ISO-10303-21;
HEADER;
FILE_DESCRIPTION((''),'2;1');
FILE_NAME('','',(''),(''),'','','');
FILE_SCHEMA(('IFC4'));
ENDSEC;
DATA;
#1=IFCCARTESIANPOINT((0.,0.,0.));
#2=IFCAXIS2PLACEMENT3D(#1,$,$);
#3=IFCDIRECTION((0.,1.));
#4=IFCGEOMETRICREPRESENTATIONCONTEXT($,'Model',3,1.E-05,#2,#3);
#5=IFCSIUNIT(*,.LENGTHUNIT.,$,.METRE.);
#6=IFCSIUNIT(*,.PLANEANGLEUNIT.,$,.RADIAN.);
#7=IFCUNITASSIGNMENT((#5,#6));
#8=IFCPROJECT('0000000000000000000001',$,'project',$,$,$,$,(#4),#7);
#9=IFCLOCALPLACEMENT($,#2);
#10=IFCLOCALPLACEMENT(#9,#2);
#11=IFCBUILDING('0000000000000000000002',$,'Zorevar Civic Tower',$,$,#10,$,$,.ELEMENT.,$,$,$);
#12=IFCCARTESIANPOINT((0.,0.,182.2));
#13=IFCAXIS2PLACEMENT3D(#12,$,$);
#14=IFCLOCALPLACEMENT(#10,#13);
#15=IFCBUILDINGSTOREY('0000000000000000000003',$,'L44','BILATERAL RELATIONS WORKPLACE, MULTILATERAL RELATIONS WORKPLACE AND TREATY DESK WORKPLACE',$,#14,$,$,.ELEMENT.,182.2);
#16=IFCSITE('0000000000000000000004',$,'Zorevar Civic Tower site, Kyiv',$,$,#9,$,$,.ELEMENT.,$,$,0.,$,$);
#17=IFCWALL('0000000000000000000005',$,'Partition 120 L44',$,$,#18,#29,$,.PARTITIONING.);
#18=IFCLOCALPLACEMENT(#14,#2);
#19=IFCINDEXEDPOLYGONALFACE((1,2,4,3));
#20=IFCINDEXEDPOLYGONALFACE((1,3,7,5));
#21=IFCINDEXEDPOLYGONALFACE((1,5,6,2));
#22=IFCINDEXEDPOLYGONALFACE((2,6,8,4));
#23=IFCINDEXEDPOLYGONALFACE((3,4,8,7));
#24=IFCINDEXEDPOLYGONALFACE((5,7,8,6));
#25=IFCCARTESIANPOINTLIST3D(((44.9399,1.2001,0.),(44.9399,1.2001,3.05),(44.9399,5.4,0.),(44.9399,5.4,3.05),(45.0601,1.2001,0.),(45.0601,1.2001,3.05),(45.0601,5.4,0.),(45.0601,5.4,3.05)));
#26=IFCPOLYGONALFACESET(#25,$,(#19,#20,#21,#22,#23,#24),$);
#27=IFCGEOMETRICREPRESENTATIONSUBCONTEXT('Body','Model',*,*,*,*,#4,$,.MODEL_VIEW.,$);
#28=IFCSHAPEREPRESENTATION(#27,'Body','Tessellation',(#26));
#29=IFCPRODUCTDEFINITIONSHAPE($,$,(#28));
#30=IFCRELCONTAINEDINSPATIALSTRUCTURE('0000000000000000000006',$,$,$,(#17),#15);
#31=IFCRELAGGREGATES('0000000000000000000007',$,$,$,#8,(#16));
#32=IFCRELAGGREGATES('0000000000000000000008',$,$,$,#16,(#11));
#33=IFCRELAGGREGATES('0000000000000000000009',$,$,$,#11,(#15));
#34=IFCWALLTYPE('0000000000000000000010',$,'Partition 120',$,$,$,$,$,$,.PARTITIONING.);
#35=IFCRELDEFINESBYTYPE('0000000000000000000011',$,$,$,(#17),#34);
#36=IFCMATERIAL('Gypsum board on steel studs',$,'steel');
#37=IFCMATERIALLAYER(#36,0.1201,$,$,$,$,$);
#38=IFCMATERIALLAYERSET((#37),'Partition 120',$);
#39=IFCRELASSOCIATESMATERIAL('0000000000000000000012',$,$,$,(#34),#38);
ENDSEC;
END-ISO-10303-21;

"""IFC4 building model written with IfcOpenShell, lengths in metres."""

from ifc_helpers import new_model, si_unit, direction, frame, frame_2d, origin, place, context, subcontext, project, spatial, rectangle, extrude, material, layer, layer_set, type_object, element, save


model = new_model("IFC4")

# Units and contexts
model_context = context("Model", 3, precision=1e-05, world=origin(), true_north=direction((0.0, 1.0)))
body_context = subcontext(model_context, "Body", "Model", "MODEL_VIEW")
ifc_project = project(units=[si_unit("LENGTHUNIT", "METRE"), si_unit("PLANEANGLEUNIT", "RADIAN")], contexts=[model_context])

# Site, building, storey
site_placement = place(None, origin())
site = spatial("IfcSite", under=ifc_project, at=site_placement, Name="Zorevar Civic Tower site, Kyiv", CompositionType="ELEMENT", RefElevation=0.0)
building_placement = place(site_placement, origin())
building = spatial("IfcBuilding", under=site, at=building_placement, Name="Zorevar Civic Tower", CompositionType="ELEMENT")
storey_placement = place(building_placement, frame((0.0, 0.0, 182.2)))
storey = spatial("IfcBuildingStorey", under=building, at=storey_placement, Name="L44", Description="BILATERAL RELATIONS WORKPLACE, MULTILATERAL RELATIONS WORKPLACE AND TREATY DESK WORKPLACE", CompositionType="ELEMENT", Elevation=182.2)

# Shared definitions
ifc_material_1 = material(Name="Gypsum board on steel studs", Category="steel")
ifc_layer_1 = layer(ifc_material_1, 0.1201)
ifc_layer_set_1 = layer_set([ifc_layer_1], Name="Partition 120")
wall_type = type_object("IfcWallType", Name="Partition 120", PredefinedType="PARTITIONING", material=ifc_layer_set_1)

# Wall
wall_1_placement = place(storey_placement, frame((45.0, 1.2, 0.0), z_axis=(0.0, 0.0, 1.0), x_axis=(0.0, 1.0, 0.0)))
element("IfcWall", 1, at=wall_1_placement, inside=storey, type_object=wall_type, Name="Partition 120 L44", PredefinedType="PARTITIONING", context=body_context, shape_type="SweptSolid", body=[
    extrude(rectangle(XDim=4.2, YDim=0.1201, at=frame_2d((2.1001, 0.0))), origin(), (0.0, 0.0, 1.0), 3.05),
])

save(model, "model.ifc")
